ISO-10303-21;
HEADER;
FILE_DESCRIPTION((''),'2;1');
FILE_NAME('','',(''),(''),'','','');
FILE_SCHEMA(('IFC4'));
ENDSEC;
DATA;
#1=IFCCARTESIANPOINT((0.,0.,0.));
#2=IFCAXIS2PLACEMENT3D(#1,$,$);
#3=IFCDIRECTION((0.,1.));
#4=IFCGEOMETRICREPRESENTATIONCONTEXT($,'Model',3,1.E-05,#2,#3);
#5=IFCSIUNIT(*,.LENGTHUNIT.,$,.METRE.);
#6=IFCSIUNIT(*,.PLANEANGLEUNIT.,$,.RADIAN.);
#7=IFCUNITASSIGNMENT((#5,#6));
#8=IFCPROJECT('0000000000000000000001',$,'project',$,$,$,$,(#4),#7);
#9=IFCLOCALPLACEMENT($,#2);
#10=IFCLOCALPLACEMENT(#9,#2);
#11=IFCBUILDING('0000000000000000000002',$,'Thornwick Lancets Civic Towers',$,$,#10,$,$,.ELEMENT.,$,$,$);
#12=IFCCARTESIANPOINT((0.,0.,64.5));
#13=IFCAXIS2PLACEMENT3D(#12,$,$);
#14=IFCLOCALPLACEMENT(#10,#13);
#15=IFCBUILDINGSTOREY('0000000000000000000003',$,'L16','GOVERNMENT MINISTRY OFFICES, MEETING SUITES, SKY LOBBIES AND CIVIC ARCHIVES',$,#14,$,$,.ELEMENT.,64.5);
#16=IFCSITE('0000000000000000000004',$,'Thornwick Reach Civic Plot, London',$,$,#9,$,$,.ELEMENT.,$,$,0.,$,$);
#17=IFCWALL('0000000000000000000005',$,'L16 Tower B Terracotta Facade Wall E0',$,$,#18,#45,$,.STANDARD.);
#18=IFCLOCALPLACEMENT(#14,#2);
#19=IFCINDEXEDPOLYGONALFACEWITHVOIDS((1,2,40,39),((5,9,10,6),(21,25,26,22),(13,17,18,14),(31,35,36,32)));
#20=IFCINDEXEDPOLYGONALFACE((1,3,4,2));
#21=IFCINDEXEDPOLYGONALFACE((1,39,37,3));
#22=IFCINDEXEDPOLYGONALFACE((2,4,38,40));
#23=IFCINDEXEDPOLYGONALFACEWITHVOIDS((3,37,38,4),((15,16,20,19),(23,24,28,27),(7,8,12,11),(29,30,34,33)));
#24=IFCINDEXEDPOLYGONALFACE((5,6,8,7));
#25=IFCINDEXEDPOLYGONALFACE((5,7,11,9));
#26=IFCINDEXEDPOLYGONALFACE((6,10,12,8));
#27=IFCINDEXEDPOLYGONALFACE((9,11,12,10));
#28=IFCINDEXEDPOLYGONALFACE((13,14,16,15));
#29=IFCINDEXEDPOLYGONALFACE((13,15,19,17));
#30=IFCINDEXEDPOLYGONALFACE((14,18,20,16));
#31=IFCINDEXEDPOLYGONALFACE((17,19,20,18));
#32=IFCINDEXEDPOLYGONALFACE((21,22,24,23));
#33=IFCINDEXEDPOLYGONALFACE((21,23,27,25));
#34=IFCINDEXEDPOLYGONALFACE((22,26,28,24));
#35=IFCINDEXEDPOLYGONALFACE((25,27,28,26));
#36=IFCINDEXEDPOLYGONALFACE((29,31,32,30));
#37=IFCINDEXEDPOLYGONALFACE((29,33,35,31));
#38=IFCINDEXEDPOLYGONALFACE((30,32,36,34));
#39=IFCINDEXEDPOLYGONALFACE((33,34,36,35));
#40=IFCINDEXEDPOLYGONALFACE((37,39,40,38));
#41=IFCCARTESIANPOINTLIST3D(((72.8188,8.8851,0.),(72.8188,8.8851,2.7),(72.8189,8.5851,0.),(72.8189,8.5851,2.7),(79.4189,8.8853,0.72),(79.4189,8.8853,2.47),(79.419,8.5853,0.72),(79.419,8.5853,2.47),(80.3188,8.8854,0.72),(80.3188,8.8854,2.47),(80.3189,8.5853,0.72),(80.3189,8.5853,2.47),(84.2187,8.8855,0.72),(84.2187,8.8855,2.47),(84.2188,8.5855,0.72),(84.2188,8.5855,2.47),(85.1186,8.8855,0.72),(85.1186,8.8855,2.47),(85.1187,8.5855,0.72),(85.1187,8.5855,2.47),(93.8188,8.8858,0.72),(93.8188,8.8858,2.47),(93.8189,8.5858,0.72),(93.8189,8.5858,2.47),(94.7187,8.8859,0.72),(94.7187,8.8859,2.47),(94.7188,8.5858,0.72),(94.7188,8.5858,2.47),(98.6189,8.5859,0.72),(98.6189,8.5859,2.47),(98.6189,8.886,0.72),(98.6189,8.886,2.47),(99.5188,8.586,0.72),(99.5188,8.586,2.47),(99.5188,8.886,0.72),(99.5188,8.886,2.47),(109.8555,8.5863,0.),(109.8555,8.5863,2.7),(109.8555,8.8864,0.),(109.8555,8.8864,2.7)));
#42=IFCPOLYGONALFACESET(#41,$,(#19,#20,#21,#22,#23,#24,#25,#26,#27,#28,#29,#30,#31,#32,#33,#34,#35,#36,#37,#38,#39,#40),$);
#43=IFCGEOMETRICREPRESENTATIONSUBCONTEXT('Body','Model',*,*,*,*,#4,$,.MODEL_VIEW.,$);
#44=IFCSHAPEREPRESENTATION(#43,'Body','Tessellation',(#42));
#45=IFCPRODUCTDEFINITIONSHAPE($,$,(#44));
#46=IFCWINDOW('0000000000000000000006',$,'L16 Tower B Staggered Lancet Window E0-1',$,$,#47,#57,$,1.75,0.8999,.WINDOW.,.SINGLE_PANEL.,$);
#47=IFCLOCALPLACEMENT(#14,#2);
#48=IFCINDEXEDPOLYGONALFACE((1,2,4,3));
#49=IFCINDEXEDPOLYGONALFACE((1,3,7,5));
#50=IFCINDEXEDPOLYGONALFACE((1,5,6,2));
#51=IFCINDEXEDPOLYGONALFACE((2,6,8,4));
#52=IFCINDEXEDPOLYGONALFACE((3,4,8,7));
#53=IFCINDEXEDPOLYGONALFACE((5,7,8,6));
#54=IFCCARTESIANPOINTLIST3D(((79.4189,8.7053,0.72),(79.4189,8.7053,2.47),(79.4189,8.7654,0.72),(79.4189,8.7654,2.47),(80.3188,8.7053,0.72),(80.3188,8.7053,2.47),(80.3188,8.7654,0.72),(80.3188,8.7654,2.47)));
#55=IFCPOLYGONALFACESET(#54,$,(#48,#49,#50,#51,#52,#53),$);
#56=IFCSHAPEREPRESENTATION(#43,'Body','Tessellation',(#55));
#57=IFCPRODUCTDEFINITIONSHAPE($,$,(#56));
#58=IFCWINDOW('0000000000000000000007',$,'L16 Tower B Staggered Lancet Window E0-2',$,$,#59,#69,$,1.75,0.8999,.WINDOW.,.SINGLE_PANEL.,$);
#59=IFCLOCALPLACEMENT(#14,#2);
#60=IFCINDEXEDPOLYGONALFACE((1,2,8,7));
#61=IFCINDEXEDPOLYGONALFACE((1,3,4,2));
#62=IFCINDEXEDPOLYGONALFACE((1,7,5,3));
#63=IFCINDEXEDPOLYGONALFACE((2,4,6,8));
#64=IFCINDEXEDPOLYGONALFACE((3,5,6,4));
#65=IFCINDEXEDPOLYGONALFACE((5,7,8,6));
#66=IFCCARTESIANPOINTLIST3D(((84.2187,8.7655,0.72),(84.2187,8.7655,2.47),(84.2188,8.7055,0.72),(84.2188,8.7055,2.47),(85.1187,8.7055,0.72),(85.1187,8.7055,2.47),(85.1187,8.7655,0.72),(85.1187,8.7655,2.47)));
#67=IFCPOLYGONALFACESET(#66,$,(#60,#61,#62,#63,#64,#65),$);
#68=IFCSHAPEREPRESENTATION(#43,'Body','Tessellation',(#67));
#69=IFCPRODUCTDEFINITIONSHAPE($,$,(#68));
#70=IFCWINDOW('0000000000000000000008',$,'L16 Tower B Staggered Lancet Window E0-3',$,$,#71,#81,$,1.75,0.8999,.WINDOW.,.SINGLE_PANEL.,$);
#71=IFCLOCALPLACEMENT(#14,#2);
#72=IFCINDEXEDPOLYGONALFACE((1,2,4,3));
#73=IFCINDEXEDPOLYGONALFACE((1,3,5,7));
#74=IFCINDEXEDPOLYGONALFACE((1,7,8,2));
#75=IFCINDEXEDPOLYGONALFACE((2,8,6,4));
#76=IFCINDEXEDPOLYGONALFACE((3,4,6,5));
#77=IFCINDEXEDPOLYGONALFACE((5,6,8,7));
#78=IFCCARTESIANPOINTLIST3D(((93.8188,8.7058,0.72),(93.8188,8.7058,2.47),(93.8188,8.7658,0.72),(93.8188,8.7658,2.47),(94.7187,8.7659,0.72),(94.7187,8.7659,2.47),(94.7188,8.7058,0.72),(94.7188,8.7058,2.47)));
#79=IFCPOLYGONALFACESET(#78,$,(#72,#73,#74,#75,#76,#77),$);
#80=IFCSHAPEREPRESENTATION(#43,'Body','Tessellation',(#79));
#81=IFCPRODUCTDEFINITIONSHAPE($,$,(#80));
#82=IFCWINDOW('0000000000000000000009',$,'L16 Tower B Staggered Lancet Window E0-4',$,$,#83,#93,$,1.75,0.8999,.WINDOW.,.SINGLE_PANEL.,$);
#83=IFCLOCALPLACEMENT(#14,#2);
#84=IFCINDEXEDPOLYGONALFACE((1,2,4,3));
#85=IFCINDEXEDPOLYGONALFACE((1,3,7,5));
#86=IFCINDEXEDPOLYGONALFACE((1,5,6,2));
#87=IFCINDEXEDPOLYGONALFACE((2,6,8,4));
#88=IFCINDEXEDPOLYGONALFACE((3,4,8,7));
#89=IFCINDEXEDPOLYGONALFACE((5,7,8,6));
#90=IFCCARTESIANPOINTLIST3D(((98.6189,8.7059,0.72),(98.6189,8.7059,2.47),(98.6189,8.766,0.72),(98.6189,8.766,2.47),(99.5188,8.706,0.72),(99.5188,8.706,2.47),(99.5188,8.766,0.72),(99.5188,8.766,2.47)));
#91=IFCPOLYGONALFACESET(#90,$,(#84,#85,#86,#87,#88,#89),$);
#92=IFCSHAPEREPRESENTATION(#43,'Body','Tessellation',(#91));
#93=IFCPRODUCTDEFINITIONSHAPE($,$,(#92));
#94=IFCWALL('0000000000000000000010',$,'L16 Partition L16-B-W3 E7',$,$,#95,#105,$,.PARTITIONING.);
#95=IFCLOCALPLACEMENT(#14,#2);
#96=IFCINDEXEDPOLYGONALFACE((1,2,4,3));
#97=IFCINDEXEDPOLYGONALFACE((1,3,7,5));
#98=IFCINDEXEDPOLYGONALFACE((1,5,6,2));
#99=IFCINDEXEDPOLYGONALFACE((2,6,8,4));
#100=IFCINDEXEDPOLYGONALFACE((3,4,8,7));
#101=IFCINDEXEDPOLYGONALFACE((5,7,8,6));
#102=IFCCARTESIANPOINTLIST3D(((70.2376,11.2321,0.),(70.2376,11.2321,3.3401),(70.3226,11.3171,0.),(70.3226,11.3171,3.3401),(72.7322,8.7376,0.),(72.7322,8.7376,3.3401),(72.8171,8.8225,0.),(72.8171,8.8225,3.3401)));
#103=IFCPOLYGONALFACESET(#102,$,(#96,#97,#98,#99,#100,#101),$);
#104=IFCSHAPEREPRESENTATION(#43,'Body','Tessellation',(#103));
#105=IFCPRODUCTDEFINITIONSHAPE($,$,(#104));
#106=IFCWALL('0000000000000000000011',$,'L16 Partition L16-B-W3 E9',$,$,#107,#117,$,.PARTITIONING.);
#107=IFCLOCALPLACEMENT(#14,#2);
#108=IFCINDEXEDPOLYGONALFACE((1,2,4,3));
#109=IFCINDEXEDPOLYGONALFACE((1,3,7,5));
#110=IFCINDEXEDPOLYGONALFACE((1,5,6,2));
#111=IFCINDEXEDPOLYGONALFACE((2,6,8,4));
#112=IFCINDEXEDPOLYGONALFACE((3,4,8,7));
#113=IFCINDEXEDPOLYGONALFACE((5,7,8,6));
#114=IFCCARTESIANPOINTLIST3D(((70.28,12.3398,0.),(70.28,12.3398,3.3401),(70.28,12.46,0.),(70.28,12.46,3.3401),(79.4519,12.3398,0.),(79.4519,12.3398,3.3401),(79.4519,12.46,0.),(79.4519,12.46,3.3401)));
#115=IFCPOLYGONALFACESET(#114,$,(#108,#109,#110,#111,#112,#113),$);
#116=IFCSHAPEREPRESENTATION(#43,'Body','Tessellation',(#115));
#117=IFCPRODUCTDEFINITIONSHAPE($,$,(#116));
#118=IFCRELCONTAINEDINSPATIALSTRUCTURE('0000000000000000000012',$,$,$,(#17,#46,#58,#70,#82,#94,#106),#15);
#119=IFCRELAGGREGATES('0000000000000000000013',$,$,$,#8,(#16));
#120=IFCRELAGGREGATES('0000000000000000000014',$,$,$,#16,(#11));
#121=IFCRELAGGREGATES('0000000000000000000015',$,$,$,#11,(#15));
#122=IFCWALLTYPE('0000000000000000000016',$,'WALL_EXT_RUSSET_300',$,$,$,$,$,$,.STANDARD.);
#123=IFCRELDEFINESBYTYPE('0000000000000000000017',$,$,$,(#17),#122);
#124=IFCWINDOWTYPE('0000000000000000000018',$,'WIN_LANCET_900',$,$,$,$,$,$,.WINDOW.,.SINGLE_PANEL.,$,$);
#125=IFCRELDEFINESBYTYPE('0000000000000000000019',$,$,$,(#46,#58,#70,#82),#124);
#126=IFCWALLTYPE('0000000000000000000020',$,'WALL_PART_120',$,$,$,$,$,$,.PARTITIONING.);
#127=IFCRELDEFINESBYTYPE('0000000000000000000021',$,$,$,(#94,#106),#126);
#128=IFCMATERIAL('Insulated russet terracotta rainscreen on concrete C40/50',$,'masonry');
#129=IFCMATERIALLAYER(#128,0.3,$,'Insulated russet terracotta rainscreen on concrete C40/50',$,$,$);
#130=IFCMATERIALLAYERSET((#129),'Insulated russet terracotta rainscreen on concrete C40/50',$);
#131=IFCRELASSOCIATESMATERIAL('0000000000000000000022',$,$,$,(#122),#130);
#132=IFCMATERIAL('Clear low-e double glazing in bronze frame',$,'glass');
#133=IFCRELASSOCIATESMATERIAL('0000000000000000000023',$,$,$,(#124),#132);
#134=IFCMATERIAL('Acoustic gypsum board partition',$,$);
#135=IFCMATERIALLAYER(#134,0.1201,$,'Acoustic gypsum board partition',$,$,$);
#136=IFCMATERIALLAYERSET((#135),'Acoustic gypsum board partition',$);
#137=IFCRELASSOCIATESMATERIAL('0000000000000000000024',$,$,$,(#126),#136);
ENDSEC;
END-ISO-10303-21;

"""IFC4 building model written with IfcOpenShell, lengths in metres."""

from ifc_helpers import new_model, si_unit, direction, frame, frame_2d, origin, place, context, subcontext, project, spatial, rectangle, extrude, material, layer, layer_set, type_object, element, fill, save


model = new_model("IFC4")

# Units and contexts
model_context = context("Model", 3, precision=1e-05, world=origin(), true_north=direction((0.0, 1.0)))
body_context = subcontext(model_context, "Body", "Model", "MODEL_VIEW")
ifc_project = project(units=[si_unit("LENGTHUNIT", "METRE"), si_unit("PLANEANGLEUNIT", "RADIAN")], contexts=[model_context])

# Site, building, storey
site_placement = place(None, origin())
site = spatial("IfcSite", under=ifc_project, at=site_placement, Name="Thornwick Reach Civic Plot, London", CompositionType="ELEMENT", RefElevation=0.0)
building_placement = place(site_placement, origin())
building = spatial("IfcBuilding", under=site, at=building_placement, Name="Thornwick Lancets Civic Towers", CompositionType="ELEMENT")
storey_placement = place(building_placement, frame((0.0, 0.0, 64.5)))
storey = spatial("IfcBuildingStorey", under=building, at=storey_placement, Name="L16", Description="GOVERNMENT MINISTRY OFFICES, MEETING SUITES, SKY LOBBIES AND CIVIC ARCHIVES", CompositionType="ELEMENT", Elevation=64.5)

# Wall, openings, windows
ifc_material_1 = material(Name="Insulated russet terracotta rainscreen on concrete C40/50", Category="masonry")
ifc_layer_1 = layer(ifc_material_1, 0.3, Name="Insulated russet terracotta rainscreen on concrete C40/50")
ifc_layer_set_1 = layer_set([ifc_layer_1], Name="Insulated russet terracotta rainscreen on concrete C40/50")
wall_type_1 = type_object("IfcWallType", Name="WALL_EXT_RUSSET_300", PredefinedType="STANDARD", material=ifc_layer_set_1)
ifc_material_2 = material(Name="Clear low-e double glazing in bronze frame", Category="glass")
window_type = type_object("IfcWindowType", Name="WIN_LANCET_900", PartitioningType="SINGLE_PANEL", PredefinedType="WINDOW", material=ifc_material_2)
wall_1_placement = place(storey_placement, frame((72.8188, 8.7351, 0.0), z_axis=(0.0, 0.0, 1.0), x_axis=(1.0, 0.000033, 0.0)))
wall_1 = element("IfcWall", 1, at=wall_1_placement, inside=storey, type_object=wall_type_1, Name="L16 Tower B Terracotta Facade Wall E0", PredefinedType="STANDARD", context=body_context, shape_type="SweptSolid", body=[
    extrude(rectangle(XDim=37.0366, YDim=0.3, at=frame_2d((18.5183, 0.0))), origin(), (0.0, 0.0, 1.0), 2.7),
])
opening_1_placement = place(wall_1_placement, frame((6.6001, 0.0, 0.72)))
opening_1 = element("IfcOpeningElement", 2, at=opening_1_placement, cuts=wall_1, PredefinedType="OPENING", context=body_context, shape_type="SweptSolid", body=[
    extrude(rectangle(XDim=0.8999, YDim=1.75, at=frame_2d((0.45, 0.875))), frame((0.0, 0.1602, 0.0), z_axis=(0.0, -1.0, 0.0), x_axis=(1.0, 0.0, 0.0)), (0.0, 0.0, 1.0), 0.3201),
])
opening_2_placement = place(wall_1_placement, frame((11.3999, 0.0, 0.72)))
opening_2 = element("IfcOpeningElement", 3, at=opening_2_placement, cuts=wall_1, PredefinedType="OPENING", context=body_context, shape_type="SweptSolid", body=[
    extrude(rectangle(XDim=0.8999, YDim=1.75, at=frame_2d((0.45, 0.875))), frame((0.0, 0.1602, 0.0), z_axis=(0.0, -1.0, 0.0), x_axis=(1.0, 0.0, 0.0)), (0.0, 0.0, 1.0), 0.3201),
])
opening_3_placement = place(wall_1_placement, frame((21.0, 0.0, 0.72)))
opening_3 = element("IfcOpeningElement", 4, at=opening_3_placement, cuts=wall_1, PredefinedType="OPENING", context=body_context, shape_type="SweptSolid", body=[
    extrude(rectangle(XDim=0.8999, YDim=1.75, at=frame_2d((0.45, 0.875))), frame((0.0, 0.1602, 0.0), z_axis=(0.0, -1.0, 0.0), x_axis=(1.0, 0.0, 0.0)), (0.0, 0.0, 1.0), 0.3201),
])
opening_4_placement = place(wall_1_placement, frame((25.8, 0.0, 0.72)))
opening_4 = element("IfcOpeningElement", 5, at=opening_4_placement, cuts=wall_1, PredefinedType="OPENING", context=body_context, shape_type="SweptSolid", body=[
    extrude(rectangle(XDim=0.8999, YDim=1.75, at=frame_2d((0.45, 0.875))), frame((0.0, 0.1602, 0.0), z_axis=(0.0, -1.0, 0.0), x_axis=(1.0, 0.0, 0.0)), (0.0, 0.0, 1.0), 0.3201),
])
window_1_placement = place(opening_1_placement, origin())
window_1 = element("IfcWindow", 6, at=window_1_placement, inside=storey, type_object=window_type, Name="L16 Tower B Staggered Lancet Window E0-1", OverallHeight=1.75, OverallWidth=0.8999, PartitioningType="SINGLE_PANEL", PredefinedType="WINDOW", context=body_context, shape_type="SweptSolid", body=[
    extrude(rectangle(XDim=0.8999, YDim=1.75, at=frame_2d((0.45, 0.875))), frame((0.0, 0.03, 0.0), z_axis=(0.0, -1.0, 0.0), x_axis=(1.0, 0.0, 0.0)), (0.0, 0.0, 1.0), 0.0601),
])
fill(opening_1, window_1)
window_2_placement = place(opening_2_placement, origin())
window_2 = element("IfcWindow", 7, at=window_2_placement, inside=storey, type_object=window_type, Name="L16 Tower B Staggered Lancet Window E0-2", OverallHeight=1.75, OverallWidth=0.8999, PartitioningType="SINGLE_PANEL", PredefinedType="WINDOW", context=body_context, shape_type="SweptSolid", body=[
    extrude(rectangle(XDim=0.8999, YDim=1.75, at=frame_2d((0.45, 0.875))), frame((0.0, 0.03, 0.0), z_axis=(0.0, -1.0, 0.0), x_axis=(1.0, 0.0, 0.0)), (0.0, 0.0, 1.0), 0.0601),
])
fill(opening_2, window_2)
window_3_placement = place(opening_3_placement, origin())
window_3 = element("IfcWindow", 8, at=window_3_placement, inside=storey, type_object=window_type, Name="L16 Tower B Staggered Lancet Window E0-3", OverallHeight=1.75, OverallWidth=0.8999, PartitioningType="SINGLE_PANEL", PredefinedType="WINDOW", context=body_context, shape_type="SweptSolid", body=[
    extrude(rectangle(XDim=0.8999, YDim=1.75, at=frame_2d((0.45, 0.875))), frame((0.0, 0.03, 0.0), z_axis=(0.0, -1.0, 0.0), x_axis=(1.0, 0.0, 0.0)), (0.0, 0.0, 1.0), 0.0601),
])
fill(opening_3, window_3)
window_4_placement = place(opening_4_placement, origin())
window_4 = element("IfcWindow", 9, at=window_4_placement, inside=storey, type_object=window_type, Name="L16 Tower B Staggered Lancet Window E0-4", OverallHeight=1.75, OverallWidth=0.8999, PartitioningType="SINGLE_PANEL", PredefinedType="WINDOW", context=body_context, shape_type="SweptSolid", body=[
    extrude(rectangle(XDim=0.8999, YDim=1.75, at=frame_2d((0.45, 0.875))), frame((0.0, 0.03, 0.0), z_axis=(0.0, -1.0, 0.0), x_axis=(1.0, 0.0, 0.0)), (0.0, 0.0, 1.0), 0.0601),
])
fill(opening_4, window_4)

# Walls
ifc_material_3 = material(Name="Acoustic gypsum board partition")
ifc_layer_2 = layer(ifc_material_3, 0.1201, Name="Acoustic gypsum board partition")
ifc_layer_set_2 = layer_set([ifc_layer_2], Name="Acoustic gypsum board partition")
wall_type_2 = type_object("IfcWallType", Name="WALL_PART_120", PredefinedType="PARTITIONING", material=ifc_layer_set_2)
wall_2_placement = place(storey_placement, frame((72.7747, 8.78, 0.0), z_axis=(0.0, 0.0, 1.0), x_axis=(-0.707107, 0.707107, 0.0)))
element("IfcWall", 10, at=wall_2_placement, inside=storey, type_object=wall_type_2, Name="L16 Partition L16-B-W3 E7", PredefinedType="PARTITIONING", context=body_context, shape_type="SweptSolid", body=[
    extrude(rectangle(XDim=3.5278, YDim=0.1201, at=frame_2d((1.7639, 0.0))), origin(), (0.0, 0.0, 1.0), 3.3401),
])
wall_3_placement = place(storey_placement, frame((70.28, 12.3999, 0.0), z_axis=(0.0, 0.0, 1.0), x_axis=(1.0, 0.0, 0.0)))
element("IfcWall", 11, at=wall_3_placement, inside=storey, type_object=wall_type_2, Name="L16 Partition L16-B-W3 E9", PredefinedType="PARTITIONING", context=body_context, shape_type="SweptSolid", body=[
    extrude(rectangle(XDim=9.1719, YDim=0.1201, at=frame_2d((4.5859, 0.0))), origin(), (0.0, 0.0, 1.0), 3.3401),
])

save(model, "model.ifc")
